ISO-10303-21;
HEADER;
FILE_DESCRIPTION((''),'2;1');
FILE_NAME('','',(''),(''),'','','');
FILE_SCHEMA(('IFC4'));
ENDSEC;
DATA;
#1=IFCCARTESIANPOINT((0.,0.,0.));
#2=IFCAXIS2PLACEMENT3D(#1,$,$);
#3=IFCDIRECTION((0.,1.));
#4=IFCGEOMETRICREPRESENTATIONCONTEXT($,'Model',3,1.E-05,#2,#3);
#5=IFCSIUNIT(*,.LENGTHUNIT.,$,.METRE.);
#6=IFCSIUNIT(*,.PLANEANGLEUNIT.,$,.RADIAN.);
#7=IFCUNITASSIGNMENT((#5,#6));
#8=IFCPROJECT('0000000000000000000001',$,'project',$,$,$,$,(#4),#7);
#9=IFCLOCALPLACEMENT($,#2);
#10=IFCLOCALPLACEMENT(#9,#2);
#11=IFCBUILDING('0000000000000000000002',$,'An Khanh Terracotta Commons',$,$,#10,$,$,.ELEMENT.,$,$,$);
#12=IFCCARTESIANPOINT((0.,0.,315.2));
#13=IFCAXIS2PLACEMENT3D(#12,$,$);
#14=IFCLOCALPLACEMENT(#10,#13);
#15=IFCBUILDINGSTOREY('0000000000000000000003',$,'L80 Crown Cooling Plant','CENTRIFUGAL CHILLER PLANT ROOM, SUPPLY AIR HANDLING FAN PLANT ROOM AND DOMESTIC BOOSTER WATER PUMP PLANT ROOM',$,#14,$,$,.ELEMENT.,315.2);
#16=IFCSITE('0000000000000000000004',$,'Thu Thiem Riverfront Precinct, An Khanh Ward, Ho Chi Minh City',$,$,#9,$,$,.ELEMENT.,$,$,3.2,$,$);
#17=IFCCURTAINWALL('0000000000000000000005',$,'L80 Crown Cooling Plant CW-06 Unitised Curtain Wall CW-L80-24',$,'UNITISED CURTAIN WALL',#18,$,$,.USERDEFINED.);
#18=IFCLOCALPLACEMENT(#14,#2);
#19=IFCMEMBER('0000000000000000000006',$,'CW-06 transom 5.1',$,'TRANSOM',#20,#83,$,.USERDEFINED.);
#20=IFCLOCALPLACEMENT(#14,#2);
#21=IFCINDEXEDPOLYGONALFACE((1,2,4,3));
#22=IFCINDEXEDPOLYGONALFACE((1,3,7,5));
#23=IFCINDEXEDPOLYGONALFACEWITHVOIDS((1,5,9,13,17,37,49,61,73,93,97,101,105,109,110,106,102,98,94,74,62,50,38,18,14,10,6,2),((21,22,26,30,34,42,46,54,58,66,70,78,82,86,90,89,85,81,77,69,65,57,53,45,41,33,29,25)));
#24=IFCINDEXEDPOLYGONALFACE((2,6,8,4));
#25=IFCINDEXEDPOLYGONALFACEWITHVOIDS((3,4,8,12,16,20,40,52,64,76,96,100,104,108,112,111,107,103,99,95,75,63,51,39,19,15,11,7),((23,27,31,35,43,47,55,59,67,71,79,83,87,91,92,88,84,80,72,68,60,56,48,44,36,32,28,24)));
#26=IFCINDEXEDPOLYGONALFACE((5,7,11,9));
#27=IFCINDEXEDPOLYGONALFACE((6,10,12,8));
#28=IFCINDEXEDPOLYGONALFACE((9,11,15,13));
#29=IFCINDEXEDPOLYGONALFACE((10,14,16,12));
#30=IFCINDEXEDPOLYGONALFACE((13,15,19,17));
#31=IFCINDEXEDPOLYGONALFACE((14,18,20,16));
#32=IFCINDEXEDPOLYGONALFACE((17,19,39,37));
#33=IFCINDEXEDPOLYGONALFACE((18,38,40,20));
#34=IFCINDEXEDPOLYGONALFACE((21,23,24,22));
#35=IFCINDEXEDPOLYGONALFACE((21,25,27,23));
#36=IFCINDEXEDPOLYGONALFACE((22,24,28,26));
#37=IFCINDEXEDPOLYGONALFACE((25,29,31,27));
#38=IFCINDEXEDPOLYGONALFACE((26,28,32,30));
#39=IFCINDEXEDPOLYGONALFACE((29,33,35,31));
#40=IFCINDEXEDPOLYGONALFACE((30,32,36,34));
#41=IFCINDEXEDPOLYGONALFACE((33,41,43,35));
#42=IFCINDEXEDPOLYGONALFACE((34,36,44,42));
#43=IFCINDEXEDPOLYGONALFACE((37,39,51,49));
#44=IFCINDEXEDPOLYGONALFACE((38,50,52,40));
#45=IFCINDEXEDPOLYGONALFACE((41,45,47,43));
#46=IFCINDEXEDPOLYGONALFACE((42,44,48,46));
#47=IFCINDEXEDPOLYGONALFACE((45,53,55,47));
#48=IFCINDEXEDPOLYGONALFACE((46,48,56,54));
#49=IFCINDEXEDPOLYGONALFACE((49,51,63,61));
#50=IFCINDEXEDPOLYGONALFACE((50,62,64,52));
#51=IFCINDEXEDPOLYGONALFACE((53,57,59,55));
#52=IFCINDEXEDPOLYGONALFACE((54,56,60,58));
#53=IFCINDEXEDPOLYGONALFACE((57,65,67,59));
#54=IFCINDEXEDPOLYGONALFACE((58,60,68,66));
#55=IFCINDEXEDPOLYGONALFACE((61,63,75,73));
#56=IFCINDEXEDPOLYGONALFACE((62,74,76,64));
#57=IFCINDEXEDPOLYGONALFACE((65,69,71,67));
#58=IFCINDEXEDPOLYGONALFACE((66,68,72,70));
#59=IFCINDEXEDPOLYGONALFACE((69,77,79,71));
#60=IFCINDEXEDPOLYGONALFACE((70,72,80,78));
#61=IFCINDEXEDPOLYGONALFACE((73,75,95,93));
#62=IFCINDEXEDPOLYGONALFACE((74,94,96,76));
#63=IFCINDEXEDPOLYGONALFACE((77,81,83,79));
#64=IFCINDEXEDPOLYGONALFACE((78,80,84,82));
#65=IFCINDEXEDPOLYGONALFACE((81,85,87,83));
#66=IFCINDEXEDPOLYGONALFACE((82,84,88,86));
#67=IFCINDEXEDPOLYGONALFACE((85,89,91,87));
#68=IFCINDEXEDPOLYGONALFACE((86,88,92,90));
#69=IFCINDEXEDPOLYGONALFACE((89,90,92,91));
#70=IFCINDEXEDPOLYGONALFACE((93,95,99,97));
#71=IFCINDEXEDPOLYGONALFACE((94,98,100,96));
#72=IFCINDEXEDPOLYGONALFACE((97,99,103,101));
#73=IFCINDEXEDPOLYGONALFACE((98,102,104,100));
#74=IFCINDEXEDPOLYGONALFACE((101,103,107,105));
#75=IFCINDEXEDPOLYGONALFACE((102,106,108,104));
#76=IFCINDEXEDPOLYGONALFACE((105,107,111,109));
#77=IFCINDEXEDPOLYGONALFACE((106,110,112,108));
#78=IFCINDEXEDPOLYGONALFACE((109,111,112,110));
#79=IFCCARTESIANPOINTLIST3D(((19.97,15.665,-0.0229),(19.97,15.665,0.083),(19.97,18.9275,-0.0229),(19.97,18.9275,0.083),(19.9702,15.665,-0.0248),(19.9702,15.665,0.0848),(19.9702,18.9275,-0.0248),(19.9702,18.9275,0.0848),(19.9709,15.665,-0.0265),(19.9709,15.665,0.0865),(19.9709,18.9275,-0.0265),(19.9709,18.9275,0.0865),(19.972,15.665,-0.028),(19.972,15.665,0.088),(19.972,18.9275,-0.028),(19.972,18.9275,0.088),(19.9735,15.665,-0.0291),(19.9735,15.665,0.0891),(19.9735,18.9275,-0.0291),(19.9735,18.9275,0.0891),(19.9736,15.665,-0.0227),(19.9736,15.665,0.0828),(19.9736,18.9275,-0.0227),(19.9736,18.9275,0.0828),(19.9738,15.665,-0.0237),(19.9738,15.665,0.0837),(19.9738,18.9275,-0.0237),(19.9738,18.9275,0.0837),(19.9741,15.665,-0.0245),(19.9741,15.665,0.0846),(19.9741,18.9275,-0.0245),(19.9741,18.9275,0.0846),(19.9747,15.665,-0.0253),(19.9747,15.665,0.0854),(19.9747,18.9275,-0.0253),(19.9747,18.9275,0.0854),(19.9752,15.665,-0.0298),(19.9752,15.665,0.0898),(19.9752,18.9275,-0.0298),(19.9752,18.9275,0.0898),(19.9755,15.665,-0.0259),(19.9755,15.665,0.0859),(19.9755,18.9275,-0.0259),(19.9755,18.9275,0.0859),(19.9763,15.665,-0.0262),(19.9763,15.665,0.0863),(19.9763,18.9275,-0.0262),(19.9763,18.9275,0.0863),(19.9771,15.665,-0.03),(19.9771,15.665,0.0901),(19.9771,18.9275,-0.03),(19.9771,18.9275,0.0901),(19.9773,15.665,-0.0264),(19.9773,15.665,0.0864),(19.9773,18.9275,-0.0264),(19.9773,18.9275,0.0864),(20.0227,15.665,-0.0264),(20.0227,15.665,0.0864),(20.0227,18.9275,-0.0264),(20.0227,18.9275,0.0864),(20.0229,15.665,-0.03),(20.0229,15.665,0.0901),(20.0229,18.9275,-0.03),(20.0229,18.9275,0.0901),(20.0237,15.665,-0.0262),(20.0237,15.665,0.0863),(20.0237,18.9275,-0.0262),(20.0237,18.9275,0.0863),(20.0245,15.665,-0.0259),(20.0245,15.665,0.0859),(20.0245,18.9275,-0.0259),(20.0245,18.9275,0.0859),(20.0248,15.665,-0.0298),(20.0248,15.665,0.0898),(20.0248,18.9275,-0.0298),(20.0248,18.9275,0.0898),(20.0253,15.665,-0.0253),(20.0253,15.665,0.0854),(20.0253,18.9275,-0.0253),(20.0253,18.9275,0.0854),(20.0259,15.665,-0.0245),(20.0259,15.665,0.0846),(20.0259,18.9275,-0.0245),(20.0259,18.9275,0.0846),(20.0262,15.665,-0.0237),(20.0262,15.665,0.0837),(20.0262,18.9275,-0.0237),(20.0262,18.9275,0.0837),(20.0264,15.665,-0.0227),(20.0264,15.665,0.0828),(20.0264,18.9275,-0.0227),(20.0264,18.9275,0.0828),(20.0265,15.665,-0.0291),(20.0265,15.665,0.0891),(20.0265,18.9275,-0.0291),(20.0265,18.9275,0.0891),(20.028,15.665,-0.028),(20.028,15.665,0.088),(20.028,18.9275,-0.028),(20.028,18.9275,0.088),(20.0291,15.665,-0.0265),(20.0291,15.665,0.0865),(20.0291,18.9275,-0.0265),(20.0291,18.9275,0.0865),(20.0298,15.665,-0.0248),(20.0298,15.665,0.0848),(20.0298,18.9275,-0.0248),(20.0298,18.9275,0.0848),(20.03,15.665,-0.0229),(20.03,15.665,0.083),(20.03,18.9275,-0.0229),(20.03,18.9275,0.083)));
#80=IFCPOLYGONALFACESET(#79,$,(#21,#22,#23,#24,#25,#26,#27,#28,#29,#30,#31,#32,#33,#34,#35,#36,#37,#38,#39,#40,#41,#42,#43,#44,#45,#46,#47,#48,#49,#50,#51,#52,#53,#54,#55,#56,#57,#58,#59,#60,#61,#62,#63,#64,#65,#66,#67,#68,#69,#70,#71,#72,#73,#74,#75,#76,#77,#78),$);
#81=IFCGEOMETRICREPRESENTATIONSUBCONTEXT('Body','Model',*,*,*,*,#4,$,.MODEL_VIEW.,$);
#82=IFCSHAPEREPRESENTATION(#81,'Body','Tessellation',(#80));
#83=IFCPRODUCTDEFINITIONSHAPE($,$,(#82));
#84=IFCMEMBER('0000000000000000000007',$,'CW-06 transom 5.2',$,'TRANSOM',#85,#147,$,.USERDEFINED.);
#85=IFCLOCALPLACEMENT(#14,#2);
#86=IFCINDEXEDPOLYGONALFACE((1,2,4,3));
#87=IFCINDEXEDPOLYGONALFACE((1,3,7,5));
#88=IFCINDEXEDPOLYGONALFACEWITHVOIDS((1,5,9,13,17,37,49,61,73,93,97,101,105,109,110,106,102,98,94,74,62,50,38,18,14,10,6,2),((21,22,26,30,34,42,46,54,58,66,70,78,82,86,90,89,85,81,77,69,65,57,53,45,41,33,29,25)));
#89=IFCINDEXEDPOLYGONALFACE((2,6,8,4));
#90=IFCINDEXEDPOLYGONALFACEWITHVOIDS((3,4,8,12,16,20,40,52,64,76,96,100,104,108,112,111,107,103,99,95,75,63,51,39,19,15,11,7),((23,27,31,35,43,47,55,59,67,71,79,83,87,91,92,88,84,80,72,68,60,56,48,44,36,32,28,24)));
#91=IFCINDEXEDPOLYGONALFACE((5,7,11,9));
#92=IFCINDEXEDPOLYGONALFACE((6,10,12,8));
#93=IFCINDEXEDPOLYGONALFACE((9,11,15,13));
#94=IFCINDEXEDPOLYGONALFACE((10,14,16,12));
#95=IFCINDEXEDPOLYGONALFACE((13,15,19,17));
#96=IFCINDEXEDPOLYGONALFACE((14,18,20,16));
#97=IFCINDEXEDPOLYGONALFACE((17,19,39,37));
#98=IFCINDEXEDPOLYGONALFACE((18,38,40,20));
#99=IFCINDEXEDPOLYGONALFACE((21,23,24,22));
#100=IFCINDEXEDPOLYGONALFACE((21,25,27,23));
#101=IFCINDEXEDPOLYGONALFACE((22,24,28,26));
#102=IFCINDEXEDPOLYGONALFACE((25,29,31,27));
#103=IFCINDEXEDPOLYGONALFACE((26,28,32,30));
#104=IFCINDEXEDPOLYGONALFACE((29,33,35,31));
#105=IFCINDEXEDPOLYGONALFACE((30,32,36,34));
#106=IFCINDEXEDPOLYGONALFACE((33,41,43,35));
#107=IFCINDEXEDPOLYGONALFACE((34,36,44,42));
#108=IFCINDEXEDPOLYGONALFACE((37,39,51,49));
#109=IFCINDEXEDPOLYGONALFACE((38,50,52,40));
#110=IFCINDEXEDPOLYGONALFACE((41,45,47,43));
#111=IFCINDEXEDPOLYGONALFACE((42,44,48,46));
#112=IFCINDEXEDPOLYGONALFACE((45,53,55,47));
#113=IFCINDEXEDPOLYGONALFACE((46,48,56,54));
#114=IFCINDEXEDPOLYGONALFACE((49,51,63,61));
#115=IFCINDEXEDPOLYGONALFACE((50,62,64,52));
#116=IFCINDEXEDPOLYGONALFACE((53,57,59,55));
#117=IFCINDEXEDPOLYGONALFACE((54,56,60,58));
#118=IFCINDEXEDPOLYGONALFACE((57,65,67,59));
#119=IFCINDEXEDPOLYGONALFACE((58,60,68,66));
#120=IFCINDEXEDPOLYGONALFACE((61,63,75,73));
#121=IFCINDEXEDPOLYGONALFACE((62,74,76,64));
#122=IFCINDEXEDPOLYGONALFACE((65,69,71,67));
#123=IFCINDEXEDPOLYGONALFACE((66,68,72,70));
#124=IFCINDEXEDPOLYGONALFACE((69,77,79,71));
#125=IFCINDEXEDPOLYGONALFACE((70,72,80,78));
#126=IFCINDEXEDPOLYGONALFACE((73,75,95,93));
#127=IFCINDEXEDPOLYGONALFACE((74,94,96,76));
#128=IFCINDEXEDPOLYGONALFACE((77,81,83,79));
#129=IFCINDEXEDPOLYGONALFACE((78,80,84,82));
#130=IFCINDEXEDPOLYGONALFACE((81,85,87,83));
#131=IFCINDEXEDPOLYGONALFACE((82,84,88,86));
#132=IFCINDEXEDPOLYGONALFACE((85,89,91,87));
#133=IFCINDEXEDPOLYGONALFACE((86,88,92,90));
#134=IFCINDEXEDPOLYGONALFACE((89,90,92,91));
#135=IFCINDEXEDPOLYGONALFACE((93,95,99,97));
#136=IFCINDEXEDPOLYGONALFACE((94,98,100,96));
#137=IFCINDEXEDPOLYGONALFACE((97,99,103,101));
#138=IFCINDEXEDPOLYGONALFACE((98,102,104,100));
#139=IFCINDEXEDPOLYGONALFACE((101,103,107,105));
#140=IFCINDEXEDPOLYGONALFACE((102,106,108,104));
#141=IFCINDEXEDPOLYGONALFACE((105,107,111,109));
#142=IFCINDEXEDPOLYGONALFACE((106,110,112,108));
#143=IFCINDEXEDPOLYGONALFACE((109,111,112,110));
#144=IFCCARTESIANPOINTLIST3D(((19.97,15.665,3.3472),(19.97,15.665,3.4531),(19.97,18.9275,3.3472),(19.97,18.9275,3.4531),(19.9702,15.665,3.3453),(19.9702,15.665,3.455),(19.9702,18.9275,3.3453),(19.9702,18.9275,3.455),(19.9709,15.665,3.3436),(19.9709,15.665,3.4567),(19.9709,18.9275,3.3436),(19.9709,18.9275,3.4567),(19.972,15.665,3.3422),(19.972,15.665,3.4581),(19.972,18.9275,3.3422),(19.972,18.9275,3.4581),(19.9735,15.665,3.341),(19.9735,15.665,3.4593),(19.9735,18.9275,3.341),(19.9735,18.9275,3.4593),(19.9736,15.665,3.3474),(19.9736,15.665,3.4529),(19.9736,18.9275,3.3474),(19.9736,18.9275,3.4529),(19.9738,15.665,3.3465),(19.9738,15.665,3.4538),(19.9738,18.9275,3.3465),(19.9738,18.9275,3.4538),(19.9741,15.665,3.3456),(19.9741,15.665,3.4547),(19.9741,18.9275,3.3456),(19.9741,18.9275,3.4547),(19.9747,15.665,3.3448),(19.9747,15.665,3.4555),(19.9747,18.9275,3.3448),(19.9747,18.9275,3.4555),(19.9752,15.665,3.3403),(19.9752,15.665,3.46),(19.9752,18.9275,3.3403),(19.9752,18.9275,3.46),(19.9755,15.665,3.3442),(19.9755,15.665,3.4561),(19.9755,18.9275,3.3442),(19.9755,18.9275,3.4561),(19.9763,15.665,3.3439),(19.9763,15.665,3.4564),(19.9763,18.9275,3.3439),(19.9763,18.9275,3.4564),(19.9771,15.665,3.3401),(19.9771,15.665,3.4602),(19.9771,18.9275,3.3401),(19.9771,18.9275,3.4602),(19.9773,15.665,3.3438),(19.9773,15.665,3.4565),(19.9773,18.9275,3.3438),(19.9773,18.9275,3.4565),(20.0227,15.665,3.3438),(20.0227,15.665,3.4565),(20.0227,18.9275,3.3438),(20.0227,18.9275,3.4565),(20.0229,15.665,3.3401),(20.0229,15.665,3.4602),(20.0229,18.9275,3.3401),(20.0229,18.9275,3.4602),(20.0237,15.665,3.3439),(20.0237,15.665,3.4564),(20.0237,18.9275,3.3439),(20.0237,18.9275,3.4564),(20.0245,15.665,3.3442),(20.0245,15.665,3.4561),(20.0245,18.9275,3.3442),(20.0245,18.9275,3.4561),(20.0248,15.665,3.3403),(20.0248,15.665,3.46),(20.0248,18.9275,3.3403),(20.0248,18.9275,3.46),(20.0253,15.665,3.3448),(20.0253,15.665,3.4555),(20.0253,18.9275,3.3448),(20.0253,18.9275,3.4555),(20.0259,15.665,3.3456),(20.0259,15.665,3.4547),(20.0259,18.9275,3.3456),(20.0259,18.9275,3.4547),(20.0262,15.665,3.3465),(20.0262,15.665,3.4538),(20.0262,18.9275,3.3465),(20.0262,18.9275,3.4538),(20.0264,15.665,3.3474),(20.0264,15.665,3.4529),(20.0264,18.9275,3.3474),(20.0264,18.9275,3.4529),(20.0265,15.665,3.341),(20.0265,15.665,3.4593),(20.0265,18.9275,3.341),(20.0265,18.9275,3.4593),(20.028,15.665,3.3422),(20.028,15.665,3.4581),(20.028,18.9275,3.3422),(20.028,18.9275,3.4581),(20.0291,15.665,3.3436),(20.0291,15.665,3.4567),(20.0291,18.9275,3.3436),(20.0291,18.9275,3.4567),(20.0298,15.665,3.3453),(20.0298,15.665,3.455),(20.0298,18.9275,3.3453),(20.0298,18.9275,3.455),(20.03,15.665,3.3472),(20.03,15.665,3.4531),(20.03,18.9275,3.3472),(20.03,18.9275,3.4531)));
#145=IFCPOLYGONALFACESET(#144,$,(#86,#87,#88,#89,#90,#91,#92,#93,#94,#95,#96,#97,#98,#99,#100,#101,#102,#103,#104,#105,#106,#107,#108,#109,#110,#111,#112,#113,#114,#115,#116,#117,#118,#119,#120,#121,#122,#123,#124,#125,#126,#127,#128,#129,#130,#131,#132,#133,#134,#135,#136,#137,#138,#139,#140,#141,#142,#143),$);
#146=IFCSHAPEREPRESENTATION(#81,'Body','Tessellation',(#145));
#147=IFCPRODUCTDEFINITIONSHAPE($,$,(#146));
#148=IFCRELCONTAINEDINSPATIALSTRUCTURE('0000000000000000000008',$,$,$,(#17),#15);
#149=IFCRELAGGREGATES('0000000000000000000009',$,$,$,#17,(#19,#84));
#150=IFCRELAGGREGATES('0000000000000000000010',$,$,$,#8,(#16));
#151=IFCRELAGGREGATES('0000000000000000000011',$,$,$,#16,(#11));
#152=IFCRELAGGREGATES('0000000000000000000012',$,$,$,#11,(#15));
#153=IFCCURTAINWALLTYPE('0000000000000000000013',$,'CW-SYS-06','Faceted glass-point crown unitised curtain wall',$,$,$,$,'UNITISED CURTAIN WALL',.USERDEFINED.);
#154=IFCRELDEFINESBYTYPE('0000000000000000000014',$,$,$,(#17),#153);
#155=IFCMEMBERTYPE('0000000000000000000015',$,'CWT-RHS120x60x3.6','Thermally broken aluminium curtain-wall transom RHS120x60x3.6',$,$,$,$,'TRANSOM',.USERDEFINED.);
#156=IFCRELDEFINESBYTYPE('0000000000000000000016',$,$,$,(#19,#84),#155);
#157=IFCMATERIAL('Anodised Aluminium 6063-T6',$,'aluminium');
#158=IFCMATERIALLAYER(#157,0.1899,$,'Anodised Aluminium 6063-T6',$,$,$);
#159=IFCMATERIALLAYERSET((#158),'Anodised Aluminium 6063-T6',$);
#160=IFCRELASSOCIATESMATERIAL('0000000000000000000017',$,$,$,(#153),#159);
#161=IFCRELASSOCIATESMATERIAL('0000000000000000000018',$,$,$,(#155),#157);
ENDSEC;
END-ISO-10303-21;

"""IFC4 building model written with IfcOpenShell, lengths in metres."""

from ifc_helpers import new_model, si_unit, direction, frame, origin, origin_2d, place, context, subcontext, project, spatial, hollow_rectangle, extrude, material, layer, layer_set, material_profile, profile_set, type_object, element, aggregate, save


model = new_model("IFC4")

# Units and contexts
model_context = context("Model", 3, precision=1e-05, world=origin(), true_north=direction((0.0, 1.0)))
body_context = subcontext(model_context, "Body", "Model", "MODEL_VIEW")
ifc_project = project(units=[si_unit("LENGTHUNIT", "METRE"), si_unit("PLANEANGLEUNIT", "RADIAN")], contexts=[model_context])

# Site, building, storey
site_placement = place(None, origin())
site = spatial("IfcSite", under=ifc_project, at=site_placement, Name="Thu Thiem Riverfront Precinct, An Khanh Ward, Ho Chi Minh City", CompositionType="ELEMENT", RefElevation=3.2)
building_placement = place(site_placement, origin())
building = spatial("IfcBuilding", under=site, at=building_placement, Name="An Khanh Terracotta Commons", CompositionType="ELEMENT")
storey_placement = place(building_placement, frame((0.0, 0.0, 315.2)))
storey = spatial("IfcBuildingStorey", under=building, at=storey_placement, Name="L80 Crown Cooling Plant", Description="CENTRIFUGAL CHILLER PLANT ROOM, SUPPLY AIR HANDLING FAN PLANT ROOM AND DOMESTIC BOOSTER WATER PUMP PLANT ROOM", CompositionType="ELEMENT", Elevation=315.2)

# Curtain wall, members
ifc_material_1 = material(Name="Anodised Aluminium 6063-T6", Category="aluminium")
ifc_layer_1 = layer(ifc_material_1, 0.1899, Name="Anodised Aluminium 6063-T6")
ifc_layer_set_1 = layer_set([ifc_layer_1], Name="Anodised Aluminium 6063-T6")
curtain_wall_type = type_object("IfcCurtainWallType", Name="CW-SYS-06", Description="Faceted glass-point crown unitised curtain wall", ElementType="UNITISED CURTAIN WALL", PredefinedType="USERDEFINED", material=ifc_layer_set_1)
curtain_wall_placement = place(storey_placement, origin())
curtain_wall = element("IfcCurtainWall", 1, at=curtain_wall_placement, inside=storey, type_object=curtain_wall_type, Name="L80 Crown Cooling Plant CW-06 Unitised Curtain Wall CW-L80-24", ObjectType="UNITISED CURTAIN WALL", PredefinedType="USERDEFINED")
ifc_material_profile_1 = material_profile(ifc_material_1, hollow_rectangle(XDim=0.0601, YDim=0.1201, WallThickness=0.0037, InnerFilletRadius=0.0037, OuterFilletRadius=0.0071, at=origin_2d()), Name="RHS120x60x3.6")
ifc_profile_set_1 = profile_set([ifc_material_profile_1], Name="Anodised Aluminium 6063-T6")
member_type_1 = type_object("IfcMemberType", Name="CWT-RHS120x60x3.6", Description="Thermally broken aluminium curtain-wall transom RHS120x60x3.6", ElementType="TRANSOM", PredefinedType="USERDEFINED", material=ifc_profile_set_1)
member_1_placement = place(storey_placement, frame((20.0, 18.9275, 0.03), z_axis=(0.0, -1.0, 0.0), x_axis=(1.0, 0.0, 0.0)))
member_1 = element("IfcMember", 2, at=member_1_placement, type_object=member_type_1, Name="CW-06 transom 5.1", ObjectType="TRANSOM", PredefinedType="USERDEFINED", context=body_context, shape_type="SweptSolid", body=[
    extrude(hollow_rectangle(XDim=0.0601, YDim=0.1201, WallThickness=0.0037, InnerFilletRadius=0.0037, OuterFilletRadius=0.0071, at=origin_2d()), origin(), (0.0, 0.0, 1.0), 3.2625),
])
member_2_placement = place(storey_placement, frame((20.0, 18.9275, 3.4001), z_axis=(0.0, -1.0, 0.0), x_axis=(1.0, 0.0, 0.0)))
member_2 = element("IfcMember", 3, at=member_2_placement, type_object=member_type_1, Name="CW-06 transom 5.2", ObjectType="TRANSOM", PredefinedType="USERDEFINED", context=body_context, shape_type="SweptSolid", body=[
    extrude(hollow_rectangle(XDim=0.0601, YDim=0.1201, WallThickness=0.0037, InnerFilletRadius=0.0037, OuterFilletRadius=0.0071, at=origin_2d()), origin(), (0.0, 0.0, 1.0), 3.2625),
])
aggregate(curtain_wall, [member_1, member_2])

save(model, "model.ifc")
